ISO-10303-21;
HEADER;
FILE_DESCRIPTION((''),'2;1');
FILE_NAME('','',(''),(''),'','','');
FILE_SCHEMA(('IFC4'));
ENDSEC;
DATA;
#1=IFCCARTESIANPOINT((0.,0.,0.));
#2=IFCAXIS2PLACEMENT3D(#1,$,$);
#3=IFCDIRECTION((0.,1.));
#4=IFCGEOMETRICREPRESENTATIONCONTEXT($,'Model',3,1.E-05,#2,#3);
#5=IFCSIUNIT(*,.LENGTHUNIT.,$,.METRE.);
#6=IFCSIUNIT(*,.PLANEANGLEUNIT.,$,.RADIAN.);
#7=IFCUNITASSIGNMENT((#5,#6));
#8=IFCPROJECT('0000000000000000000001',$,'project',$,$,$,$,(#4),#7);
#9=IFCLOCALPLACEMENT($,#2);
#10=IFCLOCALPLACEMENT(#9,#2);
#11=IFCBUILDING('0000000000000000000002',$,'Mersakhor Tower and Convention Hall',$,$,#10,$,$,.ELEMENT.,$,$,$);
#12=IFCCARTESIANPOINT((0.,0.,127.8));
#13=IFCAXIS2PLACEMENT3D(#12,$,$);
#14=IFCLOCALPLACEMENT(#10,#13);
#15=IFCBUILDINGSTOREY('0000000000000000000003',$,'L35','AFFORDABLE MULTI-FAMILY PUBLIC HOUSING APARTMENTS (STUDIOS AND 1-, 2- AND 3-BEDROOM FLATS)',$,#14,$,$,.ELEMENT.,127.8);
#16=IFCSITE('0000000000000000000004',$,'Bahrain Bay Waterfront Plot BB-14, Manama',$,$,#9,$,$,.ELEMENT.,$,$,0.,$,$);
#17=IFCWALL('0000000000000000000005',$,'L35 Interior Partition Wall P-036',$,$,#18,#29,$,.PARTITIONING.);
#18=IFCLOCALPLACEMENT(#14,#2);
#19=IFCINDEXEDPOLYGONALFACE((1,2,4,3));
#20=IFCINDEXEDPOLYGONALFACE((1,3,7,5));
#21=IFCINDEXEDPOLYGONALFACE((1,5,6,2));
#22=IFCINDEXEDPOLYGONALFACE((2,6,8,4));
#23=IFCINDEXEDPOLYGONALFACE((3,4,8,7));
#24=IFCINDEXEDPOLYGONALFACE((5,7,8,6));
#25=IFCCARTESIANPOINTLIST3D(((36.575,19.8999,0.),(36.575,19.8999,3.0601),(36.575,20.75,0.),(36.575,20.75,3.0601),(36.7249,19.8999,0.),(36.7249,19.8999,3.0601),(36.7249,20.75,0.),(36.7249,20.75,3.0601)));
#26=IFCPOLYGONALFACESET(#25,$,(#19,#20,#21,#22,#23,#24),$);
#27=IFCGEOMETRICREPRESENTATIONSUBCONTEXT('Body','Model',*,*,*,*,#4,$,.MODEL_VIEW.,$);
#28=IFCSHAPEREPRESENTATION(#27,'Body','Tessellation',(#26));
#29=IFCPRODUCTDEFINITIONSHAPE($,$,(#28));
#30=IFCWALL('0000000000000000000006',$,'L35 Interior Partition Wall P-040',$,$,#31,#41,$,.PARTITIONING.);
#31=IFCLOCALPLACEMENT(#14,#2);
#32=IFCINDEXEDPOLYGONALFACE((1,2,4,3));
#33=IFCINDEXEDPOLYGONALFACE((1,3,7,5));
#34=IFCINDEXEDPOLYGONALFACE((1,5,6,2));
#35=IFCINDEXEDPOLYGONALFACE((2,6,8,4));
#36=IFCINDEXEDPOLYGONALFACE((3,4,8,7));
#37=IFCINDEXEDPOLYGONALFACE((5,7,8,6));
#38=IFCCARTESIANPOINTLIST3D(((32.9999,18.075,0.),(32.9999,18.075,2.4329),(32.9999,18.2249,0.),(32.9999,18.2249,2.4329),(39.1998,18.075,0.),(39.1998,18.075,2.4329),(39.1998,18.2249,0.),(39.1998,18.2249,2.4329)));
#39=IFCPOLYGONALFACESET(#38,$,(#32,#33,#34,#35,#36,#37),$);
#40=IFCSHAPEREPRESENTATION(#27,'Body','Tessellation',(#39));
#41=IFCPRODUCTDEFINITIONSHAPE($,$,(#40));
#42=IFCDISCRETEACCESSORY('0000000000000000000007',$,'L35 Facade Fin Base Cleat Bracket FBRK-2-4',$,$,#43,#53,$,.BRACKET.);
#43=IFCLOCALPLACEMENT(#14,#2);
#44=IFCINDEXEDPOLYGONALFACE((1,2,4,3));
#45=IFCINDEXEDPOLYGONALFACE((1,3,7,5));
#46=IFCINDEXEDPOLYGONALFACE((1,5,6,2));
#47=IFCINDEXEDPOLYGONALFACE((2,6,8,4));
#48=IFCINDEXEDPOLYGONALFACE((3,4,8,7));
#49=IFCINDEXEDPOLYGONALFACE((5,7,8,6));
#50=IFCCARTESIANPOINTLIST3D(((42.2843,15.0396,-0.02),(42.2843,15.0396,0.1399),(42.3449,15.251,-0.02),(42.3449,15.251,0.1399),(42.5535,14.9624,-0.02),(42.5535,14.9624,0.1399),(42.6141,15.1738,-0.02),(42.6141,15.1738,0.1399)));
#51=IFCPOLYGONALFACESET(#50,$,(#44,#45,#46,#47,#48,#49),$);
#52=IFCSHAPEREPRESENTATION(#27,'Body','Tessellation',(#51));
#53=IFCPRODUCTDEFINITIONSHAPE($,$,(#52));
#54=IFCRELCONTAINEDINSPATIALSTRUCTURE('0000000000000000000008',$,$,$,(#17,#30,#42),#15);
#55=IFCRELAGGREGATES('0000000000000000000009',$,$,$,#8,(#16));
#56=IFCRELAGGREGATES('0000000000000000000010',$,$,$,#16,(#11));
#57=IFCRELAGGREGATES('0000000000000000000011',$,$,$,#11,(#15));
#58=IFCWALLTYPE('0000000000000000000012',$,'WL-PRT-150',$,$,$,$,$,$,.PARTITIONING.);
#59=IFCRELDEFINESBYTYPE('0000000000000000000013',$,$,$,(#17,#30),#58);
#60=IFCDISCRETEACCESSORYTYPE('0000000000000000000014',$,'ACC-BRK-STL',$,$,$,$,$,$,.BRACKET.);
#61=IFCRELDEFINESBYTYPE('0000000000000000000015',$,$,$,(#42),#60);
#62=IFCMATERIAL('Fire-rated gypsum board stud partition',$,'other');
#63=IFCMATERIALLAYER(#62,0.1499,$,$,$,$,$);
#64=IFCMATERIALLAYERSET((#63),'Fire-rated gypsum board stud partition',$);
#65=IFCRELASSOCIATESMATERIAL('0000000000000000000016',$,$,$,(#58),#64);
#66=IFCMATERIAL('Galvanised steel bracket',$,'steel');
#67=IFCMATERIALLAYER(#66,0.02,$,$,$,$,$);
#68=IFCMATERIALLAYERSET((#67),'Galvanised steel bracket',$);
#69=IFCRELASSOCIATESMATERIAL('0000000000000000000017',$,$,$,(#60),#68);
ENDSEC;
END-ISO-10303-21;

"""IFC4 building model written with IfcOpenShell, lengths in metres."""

from ifc_helpers import new_model, si_unit, direction, frame, frame_2d, origin, origin_2d, place, context, subcontext, project, spatial, rectangle, extrude, material, layer, layer_set, type_object, element, save


model = new_model("IFC4")

# Units and contexts
model_context = context("Model", 3, precision=1e-05, world=origin(), true_north=direction((0.0, 1.0)))
body_context = subcontext(model_context, "Body", "Model", "MODEL_VIEW")
ifc_project = project(units=[si_unit("LENGTHUNIT", "METRE"), si_unit("PLANEANGLEUNIT", "RADIAN")], contexts=[model_context])

# Site, building, storey
site_placement = place(None, origin())
site = spatial("IfcSite", under=ifc_project, at=site_placement, Name="Bahrain Bay Waterfront Plot BB-14, Manama", CompositionType="ELEMENT", RefElevation=0.0)
building_placement = place(site_placement, origin())
building = spatial("IfcBuilding", under=site, at=building_placement, Name="Mersakhor Tower and Convention Hall", CompositionType="ELEMENT")
storey_placement = place(building_placement, frame((0.0, 0.0, 127.8)))
storey = spatial("IfcBuildingStorey", under=building, at=storey_placement, Name="L35", Description="AFFORDABLE MULTI-FAMILY PUBLIC HOUSING APARTMENTS (STUDIOS AND 1-, 2- AND 3-BEDROOM FLATS)", CompositionType="ELEMENT", Elevation=127.8)

# Walls
ifc_material_1 = material(Name="Fire-rated gypsum board stud partition", Category="other")
ifc_layer_1 = layer(ifc_material_1, 0.1499)
ifc_layer_set_1 = layer_set([ifc_layer_1], Name="Fire-rated gypsum board stud partition")
wall_type_1 = type_object("IfcWallType", Name="WL-PRT-150", PredefinedType="PARTITIONING", material=ifc_layer_set_1)
wall_1_placement = place(storey_placement, frame((36.6499, 19.8999, 0.0), z_axis=(0.0, 0.0, 1.0), x_axis=(0.0, 1.0, 0.0)))
element("IfcWall", 1, at=wall_1_placement, inside=storey, type_object=wall_type_1, Name="L35 Interior Partition Wall P-036", PredefinedType="PARTITIONING", context=body_context, shape_type="SweptSolid", body=[
    extrude(rectangle(XDim=0.8501, YDim=0.1499, at=frame_2d((0.425, 0.0))), origin(), (0.0, 0.0, 1.0), 3.0601),
])
wall_2_placement = place(storey_placement, frame((39.2, 18.1499, 0.0), z_axis=(0.0, 0.0, 1.0), x_axis=(-1.0, 0.0, 0.0)))
element("IfcWall", 2, at=wall_2_placement, inside=storey, type_object=wall_type_1, Name="L35 Interior Partition Wall P-040", PredefinedType="PARTITIONING", context=body_context, shape_type="SweptSolid", body=[
    extrude(rectangle(XDim=6.2, YDim=0.1499, at=frame_2d((3.1001, 0.0))), origin(), (0.0, 0.0, 1.0), 2.4329),
])

# Discrete accessory
ifc_material_2 = material(Name="Galvanised steel bracket", Category="steel")
ifc_layer_2 = layer(ifc_material_2, 0.02)
ifc_layer_set_2 = layer_set([ifc_layer_2], Name="Galvanised steel bracket")
discrete_accessory_type = type_object("IfcDiscreteAccessoryType", Name="ACC-BRK-STL", PredefinedType="BRACKET", material=ifc_layer_set_2)
discrete_accessory_placement = place(storey_placement, frame((42.4492, 15.1067, -0.02), z_axis=(0.0, 0.0, 1.0), x_axis=(0.961262, -0.275637, 0.0)))
element("IfcDiscreteAccessory", 3, at=discrete_accessory_placement, inside=storey, type_object=discrete_accessory_type, Name="L35 Facade Fin Base Cleat Bracket FBRK-2-4", PredefinedType="BRACKET", context=body_context, shape_type="SweptSolid", body=[
    extrude(rectangle(XDim=0.28, YDim=0.22, at=origin_2d()), origin(), (0.0, 0.0, 1.0), 0.1599),
])

save(model, "model.ifc")
